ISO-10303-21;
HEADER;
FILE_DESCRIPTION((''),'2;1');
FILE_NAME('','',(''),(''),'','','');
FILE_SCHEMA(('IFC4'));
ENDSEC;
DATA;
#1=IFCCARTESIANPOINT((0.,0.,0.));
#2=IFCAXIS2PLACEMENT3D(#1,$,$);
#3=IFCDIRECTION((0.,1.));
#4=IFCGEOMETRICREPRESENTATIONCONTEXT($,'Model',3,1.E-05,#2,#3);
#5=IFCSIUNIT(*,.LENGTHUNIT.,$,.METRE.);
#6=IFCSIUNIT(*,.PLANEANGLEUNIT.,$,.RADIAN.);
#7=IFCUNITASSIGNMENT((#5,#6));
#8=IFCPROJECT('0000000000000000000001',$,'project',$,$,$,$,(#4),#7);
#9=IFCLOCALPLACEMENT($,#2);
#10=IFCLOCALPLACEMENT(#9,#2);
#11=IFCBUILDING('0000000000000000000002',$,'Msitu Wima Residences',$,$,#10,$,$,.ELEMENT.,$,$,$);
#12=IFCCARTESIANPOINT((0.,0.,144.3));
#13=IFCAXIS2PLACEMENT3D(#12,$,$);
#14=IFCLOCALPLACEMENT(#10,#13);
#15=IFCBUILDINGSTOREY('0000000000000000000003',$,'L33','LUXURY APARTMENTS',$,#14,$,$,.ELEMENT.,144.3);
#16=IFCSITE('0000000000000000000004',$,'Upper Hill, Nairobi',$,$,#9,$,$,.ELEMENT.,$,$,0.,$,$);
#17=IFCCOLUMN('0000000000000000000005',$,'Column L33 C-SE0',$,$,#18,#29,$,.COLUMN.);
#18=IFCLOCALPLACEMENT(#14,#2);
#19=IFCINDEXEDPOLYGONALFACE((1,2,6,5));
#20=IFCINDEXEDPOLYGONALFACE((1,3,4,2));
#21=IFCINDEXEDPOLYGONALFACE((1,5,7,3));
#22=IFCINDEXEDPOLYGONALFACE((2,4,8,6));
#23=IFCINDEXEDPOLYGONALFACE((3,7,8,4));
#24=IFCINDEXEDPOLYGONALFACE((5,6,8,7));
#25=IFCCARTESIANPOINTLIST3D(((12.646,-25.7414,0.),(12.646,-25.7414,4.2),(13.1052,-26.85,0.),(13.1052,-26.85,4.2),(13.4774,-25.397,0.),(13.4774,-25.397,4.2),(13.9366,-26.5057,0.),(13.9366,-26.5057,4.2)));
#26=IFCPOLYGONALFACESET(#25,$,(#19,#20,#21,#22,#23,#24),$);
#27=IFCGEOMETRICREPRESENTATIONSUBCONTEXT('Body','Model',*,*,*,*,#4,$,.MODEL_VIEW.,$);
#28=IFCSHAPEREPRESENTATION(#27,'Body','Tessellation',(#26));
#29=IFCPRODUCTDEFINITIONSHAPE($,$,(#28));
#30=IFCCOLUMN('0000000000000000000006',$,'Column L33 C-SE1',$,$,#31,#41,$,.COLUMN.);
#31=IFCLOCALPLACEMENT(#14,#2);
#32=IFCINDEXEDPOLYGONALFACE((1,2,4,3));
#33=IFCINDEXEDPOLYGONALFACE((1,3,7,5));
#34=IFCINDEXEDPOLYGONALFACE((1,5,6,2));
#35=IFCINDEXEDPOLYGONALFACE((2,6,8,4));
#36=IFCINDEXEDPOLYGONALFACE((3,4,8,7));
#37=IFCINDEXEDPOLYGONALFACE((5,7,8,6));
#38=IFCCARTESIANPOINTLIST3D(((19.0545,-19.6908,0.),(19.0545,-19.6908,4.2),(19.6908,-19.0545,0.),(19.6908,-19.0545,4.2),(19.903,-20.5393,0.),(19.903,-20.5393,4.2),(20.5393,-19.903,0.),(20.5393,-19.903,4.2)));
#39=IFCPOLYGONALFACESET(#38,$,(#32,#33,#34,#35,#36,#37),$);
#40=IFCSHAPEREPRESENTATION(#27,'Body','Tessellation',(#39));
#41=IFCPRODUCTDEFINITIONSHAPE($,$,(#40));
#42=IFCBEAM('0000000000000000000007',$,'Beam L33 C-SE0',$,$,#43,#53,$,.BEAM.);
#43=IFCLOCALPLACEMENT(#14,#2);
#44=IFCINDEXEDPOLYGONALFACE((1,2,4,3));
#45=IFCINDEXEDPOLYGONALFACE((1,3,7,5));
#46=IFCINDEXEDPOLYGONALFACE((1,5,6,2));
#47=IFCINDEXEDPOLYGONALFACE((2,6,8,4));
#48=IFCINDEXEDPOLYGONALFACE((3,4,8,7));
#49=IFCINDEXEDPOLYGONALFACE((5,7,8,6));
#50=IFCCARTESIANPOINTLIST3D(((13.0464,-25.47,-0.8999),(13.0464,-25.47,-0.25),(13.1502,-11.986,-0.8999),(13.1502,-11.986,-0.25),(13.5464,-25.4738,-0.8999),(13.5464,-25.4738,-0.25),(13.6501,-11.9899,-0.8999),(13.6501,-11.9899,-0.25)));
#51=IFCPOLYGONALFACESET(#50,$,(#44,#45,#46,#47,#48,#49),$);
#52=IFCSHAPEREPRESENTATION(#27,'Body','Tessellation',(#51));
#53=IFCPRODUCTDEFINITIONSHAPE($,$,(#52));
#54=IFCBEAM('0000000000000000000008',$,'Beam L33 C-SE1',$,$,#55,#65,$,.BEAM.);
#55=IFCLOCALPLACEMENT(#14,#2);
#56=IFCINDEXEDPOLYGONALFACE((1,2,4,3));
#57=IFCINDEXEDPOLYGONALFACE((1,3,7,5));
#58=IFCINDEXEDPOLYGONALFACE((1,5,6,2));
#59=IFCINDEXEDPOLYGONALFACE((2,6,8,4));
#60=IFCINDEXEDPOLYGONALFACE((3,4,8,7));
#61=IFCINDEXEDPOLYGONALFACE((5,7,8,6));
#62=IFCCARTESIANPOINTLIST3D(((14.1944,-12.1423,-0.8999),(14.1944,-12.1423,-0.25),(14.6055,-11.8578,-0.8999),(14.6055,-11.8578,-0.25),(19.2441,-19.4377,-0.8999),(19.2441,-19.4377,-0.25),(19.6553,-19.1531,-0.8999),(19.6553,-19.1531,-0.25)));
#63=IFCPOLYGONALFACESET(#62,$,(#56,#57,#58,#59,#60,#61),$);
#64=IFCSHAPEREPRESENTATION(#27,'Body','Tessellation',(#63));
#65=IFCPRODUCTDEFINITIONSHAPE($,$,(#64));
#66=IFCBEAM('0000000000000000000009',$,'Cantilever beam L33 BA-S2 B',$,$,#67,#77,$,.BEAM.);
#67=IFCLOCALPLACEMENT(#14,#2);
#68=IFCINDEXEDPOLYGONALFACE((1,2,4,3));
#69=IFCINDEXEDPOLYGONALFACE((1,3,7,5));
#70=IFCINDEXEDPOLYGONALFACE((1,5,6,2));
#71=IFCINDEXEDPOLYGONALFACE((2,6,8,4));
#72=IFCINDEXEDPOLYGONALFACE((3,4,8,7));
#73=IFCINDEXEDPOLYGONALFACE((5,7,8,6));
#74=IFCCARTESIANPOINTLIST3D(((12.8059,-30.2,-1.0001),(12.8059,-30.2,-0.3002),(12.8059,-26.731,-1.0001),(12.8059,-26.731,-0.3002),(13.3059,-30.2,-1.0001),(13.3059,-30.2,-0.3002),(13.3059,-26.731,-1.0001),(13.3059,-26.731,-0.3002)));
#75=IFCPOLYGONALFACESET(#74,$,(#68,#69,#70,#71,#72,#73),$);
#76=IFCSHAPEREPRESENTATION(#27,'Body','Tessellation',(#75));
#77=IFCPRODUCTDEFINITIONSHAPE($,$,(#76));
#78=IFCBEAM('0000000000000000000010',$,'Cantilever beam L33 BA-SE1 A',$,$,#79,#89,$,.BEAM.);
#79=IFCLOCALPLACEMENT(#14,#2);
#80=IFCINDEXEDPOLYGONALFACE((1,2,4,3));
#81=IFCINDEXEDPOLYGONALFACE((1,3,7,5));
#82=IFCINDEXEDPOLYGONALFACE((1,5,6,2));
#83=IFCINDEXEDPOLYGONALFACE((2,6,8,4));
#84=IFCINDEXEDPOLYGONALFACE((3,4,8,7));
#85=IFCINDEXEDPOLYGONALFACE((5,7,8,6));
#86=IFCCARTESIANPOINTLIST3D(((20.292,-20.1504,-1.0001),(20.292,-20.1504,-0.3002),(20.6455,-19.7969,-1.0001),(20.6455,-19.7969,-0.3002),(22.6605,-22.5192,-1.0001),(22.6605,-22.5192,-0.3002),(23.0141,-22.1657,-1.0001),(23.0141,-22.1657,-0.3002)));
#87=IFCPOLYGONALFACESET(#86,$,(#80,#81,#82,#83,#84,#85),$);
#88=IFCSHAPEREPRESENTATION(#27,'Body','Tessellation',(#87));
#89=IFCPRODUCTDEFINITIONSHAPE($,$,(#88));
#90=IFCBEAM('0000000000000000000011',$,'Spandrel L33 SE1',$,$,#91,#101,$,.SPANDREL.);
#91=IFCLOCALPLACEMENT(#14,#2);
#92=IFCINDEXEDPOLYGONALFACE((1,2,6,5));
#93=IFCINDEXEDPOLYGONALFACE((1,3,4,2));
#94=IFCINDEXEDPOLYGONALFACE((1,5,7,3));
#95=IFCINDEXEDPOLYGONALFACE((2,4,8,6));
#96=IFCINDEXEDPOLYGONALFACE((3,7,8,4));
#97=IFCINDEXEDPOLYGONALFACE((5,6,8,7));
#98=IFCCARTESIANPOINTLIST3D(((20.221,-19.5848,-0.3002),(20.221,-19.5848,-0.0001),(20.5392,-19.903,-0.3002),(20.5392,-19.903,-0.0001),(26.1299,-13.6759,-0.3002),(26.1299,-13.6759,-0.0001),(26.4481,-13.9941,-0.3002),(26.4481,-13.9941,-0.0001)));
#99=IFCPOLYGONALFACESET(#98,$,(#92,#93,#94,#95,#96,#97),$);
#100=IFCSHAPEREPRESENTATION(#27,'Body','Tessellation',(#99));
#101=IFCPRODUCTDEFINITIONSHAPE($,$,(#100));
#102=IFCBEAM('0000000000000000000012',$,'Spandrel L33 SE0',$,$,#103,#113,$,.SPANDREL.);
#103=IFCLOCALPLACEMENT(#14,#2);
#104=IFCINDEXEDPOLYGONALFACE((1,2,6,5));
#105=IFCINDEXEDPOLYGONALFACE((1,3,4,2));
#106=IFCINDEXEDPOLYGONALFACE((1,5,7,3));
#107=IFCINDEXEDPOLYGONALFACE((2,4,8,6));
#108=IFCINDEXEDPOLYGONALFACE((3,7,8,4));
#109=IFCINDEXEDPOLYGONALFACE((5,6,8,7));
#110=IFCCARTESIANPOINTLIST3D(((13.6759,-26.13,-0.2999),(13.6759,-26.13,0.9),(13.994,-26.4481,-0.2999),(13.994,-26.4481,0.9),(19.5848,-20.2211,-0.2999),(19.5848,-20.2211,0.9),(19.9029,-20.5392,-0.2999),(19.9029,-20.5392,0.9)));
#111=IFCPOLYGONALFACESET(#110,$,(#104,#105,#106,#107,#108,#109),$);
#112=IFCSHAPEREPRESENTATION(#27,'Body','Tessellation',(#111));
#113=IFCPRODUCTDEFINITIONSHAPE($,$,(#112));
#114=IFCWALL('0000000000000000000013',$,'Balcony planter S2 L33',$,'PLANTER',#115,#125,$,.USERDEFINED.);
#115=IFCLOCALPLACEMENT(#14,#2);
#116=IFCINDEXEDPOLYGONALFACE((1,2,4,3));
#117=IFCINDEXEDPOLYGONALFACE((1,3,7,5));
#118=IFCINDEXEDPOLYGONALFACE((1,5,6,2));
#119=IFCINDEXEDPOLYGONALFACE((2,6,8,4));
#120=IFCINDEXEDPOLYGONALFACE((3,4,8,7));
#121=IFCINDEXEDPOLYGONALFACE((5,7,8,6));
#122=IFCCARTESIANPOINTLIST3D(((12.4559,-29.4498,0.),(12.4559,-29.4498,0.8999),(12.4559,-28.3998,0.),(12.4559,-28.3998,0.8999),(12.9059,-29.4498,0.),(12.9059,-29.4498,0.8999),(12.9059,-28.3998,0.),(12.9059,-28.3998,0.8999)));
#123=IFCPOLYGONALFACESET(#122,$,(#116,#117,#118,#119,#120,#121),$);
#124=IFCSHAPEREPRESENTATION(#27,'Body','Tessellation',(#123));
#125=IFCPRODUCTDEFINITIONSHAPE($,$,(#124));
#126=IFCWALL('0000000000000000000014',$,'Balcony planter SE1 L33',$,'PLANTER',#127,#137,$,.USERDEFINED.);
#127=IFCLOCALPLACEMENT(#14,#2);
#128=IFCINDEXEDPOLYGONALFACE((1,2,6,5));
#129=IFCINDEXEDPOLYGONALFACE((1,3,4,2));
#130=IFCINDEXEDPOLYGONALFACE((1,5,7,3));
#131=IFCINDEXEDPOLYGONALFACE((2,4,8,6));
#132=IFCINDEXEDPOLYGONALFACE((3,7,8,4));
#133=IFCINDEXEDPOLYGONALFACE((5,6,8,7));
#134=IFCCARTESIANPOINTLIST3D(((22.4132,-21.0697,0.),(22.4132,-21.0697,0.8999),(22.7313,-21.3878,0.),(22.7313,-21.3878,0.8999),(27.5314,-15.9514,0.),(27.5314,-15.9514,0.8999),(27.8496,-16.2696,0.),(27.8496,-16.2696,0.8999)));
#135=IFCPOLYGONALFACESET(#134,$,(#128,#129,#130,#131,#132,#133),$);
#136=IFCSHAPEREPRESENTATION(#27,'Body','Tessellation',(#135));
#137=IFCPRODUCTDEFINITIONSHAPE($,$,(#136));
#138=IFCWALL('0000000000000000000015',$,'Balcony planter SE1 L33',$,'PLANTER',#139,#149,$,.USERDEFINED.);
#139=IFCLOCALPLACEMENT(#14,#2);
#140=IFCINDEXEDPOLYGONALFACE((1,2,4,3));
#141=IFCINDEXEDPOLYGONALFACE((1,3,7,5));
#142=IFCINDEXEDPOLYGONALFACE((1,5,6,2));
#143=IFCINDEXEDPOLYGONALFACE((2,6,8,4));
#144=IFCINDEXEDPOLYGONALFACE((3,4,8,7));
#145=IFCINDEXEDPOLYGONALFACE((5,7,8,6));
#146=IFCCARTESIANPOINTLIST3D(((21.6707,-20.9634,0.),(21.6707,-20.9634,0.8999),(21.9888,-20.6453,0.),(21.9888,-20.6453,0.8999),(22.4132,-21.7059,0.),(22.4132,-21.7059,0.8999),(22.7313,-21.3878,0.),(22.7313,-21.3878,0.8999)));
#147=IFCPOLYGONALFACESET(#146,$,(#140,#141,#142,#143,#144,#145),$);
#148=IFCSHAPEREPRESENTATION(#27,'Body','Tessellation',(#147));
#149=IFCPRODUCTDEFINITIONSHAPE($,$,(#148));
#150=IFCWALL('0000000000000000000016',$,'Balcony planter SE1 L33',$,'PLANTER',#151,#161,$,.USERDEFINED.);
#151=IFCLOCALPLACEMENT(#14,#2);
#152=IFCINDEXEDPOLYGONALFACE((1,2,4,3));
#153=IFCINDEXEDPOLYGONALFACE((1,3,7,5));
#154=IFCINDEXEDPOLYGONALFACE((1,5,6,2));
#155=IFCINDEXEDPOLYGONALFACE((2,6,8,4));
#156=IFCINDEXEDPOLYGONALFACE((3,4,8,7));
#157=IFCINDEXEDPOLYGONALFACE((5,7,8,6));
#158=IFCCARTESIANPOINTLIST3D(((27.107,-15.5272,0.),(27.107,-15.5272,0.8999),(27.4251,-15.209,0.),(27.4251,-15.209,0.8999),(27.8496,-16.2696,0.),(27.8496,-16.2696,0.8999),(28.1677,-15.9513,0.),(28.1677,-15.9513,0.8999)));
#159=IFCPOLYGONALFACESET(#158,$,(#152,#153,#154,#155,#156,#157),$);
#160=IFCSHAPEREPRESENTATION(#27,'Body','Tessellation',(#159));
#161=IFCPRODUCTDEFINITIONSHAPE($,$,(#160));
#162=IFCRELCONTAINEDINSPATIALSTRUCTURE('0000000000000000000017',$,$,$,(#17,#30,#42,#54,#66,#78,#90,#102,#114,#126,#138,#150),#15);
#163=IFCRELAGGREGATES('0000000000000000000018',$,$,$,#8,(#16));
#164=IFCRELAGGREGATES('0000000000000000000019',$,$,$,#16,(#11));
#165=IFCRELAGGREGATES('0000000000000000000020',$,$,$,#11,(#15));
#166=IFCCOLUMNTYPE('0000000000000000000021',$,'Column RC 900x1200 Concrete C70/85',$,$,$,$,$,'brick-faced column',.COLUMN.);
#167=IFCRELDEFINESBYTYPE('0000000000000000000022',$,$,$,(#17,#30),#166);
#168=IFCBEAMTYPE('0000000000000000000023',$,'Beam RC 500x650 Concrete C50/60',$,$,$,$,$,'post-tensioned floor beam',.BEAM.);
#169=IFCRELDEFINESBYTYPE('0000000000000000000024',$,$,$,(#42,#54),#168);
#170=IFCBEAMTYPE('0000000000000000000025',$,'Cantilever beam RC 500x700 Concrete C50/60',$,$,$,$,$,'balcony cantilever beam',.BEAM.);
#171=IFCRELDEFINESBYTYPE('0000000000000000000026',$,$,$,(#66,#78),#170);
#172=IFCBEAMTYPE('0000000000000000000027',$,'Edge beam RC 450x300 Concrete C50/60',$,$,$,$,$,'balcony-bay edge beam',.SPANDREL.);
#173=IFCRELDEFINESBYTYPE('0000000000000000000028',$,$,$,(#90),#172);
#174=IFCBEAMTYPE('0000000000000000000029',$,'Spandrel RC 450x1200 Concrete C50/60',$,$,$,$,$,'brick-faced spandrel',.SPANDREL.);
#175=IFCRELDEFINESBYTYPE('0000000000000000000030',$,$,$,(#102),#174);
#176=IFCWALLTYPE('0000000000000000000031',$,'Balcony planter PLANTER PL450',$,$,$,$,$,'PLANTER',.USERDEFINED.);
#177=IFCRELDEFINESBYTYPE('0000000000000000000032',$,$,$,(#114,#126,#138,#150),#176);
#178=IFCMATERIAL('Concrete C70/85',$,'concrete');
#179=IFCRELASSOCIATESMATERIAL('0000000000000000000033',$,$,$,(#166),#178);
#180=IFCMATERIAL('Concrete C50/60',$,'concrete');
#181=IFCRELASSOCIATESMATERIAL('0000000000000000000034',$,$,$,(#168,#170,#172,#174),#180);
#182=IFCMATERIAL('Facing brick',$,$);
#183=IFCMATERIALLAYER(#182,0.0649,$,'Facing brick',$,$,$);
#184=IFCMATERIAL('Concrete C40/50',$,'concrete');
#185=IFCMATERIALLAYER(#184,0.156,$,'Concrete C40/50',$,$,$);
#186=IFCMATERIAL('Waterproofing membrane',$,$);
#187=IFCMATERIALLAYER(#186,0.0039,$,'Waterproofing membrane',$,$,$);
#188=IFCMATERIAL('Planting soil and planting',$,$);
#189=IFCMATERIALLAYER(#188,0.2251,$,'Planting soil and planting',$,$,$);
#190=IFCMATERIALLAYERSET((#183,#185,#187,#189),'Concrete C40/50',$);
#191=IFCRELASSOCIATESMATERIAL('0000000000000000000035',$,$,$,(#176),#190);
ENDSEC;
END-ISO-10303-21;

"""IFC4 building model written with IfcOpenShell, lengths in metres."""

from ifc_helpers import new_model, si_unit, direction, frame, frame_2d, origin, origin_2d, place, context, subcontext, project, spatial, rectangle, extrude, material, layer, layer_set, material_profile, profile_set, type_object, element, save


model = new_model("IFC4")

# Units and contexts
model_context = context("Model", 3, precision=1e-05, world=origin(), true_north=direction((0.0, 1.0)))
body_context = subcontext(model_context, "Body", "Model", "MODEL_VIEW")
ifc_project = project(units=[si_unit("LENGTHUNIT", "METRE"), si_unit("PLANEANGLEUNIT", "RADIAN")], contexts=[model_context])

# Site, building, storey
site_placement = place(None, origin())
site = spatial("IfcSite", under=ifc_project, at=site_placement, Name="Upper Hill, Nairobi", CompositionType="ELEMENT", RefElevation=0.0)
building_placement = place(site_placement, origin())
building = spatial("IfcBuilding", under=site, at=building_placement, Name="Msitu Wima Residences", CompositionType="ELEMENT")
storey_placement = place(building_placement, frame((0.0, 0.0, 144.3)))
storey = spatial("IfcBuildingStorey", under=building, at=storey_placement, Name="L33", Description="LUXURY APARTMENTS", CompositionType="ELEMENT", Elevation=144.3)

# Columns
ifc_material_1 = material(Name="Concrete C70/85", Category="concrete")
ifc_material_profile_1 = material_profile(ifc_material_1, rectangle(XDim=0.8999, YDim=1.2, at=origin_2d()), Name="RC 900x1200")
ifc_profile_set_1 = profile_set([ifc_material_profile_1], Name="Concrete C70/85")
column_type = type_object("IfcColumnType", Name="Column RC 900x1200 Concrete C70/85", ElementType="brick-faced column", PredefinedType="COLUMN", material=ifc_profile_set_1)
for number, where, z_axis, x_axis, name in (
    (1, (13.2913, -26.1235, 0.0), (0.0, 0.0, 1.0), (0.92388, 0.382683, 0.0), "Column L33 C-SE0"),
    (2, (19.7969, -19.7969, 0.0), (0.0, 0.0, 1.0), (0.707107, 0.707107, 0.0), "Column L33 C-SE1"),
):
    element("IfcColumn", number, at=place(storey_placement, frame(where, z_axis=z_axis, x_axis=x_axis)), inside=storey, type_object=column_type, Name=name, PredefinedType="COLUMN", context=body_context, shape_type="SweptSolid", body=[
        extrude(rectangle(XDim=0.8999, YDim=1.2, at=origin_2d()), origin(), (0.0, 0.0, 1.0), 4.2),
    ])

# Beams
ifc_material_2 = material(Name="Concrete C50/60", Category="concrete")
ifc_material_profile_2 = material_profile(ifc_material_2, rectangle(XDim=0.5, YDim=0.6499, at=origin_2d()), Name="RC 500x650")
ifc_profile_set_2 = profile_set([ifc_material_profile_2], Name="Concrete C50/60")
beam_type_1 = type_object("IfcBeamType", Name="Beam RC 500x650 Concrete C50/60", ElementType="post-tensioned floor beam", PredefinedType="BEAM", material=ifc_profile_set_2)
beam_1_placement = place(storey_placement, frame((13.2964, -25.4719, -0.575), z_axis=(0.007695, 0.99997, 0.0), x_axis=(-0.99997, 0.007695, 0.0)))
element("IfcBeam", 3, at=beam_1_placement, inside=storey, type_object=beam_type_1, Name="Beam L33 C-SE0", PredefinedType="BEAM", context=body_context, shape_type="SweptSolid", body=[
    extrude(rectangle(XDim=0.5, YDim=0.6499, at=origin_2d()), origin(), (0.0, 0.0, 1.0), 13.4844),
])
beam_2_placement = place(storey_placement, frame((19.4497, -19.2954, -0.575), z_axis=(-0.569144, 0.822238, 0.0), x_axis=(-0.822238, -0.569144, 0.0)))
element("IfcBeam", 4, at=beam_2_placement, inside=storey, type_object=beam_type_1, Name="Beam L33 C-SE1", PredefinedType="BEAM", context=body_context, shape_type="SweptSolid", body=[
    extrude(rectangle(XDim=0.5, YDim=0.6499, at=origin_2d()), origin(), (0.0, 0.0, 1.0), 8.8726),
])
ifc_material_profile_3 = material_profile(ifc_material_2, rectangle(XDim=0.5, YDim=0.7, at=origin_2d()), Name="RC 500x700")
ifc_profile_set_3 = profile_set([ifc_material_profile_3], Name="Concrete C50/60")
beam_type_2 = type_object("IfcBeamType", Name="Cantilever beam RC 500x700 Concrete C50/60", ElementType="balcony cantilever beam", PredefinedType="BEAM", material=ifc_profile_set_3)
beam_3_placement = place(storey_placement, frame((13.0559, -26.731, -0.6501), z_axis=(0.0, -1.0, 0.0), x_axis=(1.0, 0.0, 0.0)))
element("IfcBeam", 5, at=beam_3_placement, inside=storey, type_object=beam_type_2, Name="Cantilever beam L33 BA-S2 B", PredefinedType="BEAM", context=body_context, shape_type="SweptSolid", body=[
    extrude(rectangle(XDim=0.5, YDim=0.7, at=origin_2d()), origin(), (0.0, 0.0, 1.0), 3.469),
])
beam_4_placement = place(storey_placement, frame((20.4688, -19.9736, -0.6501), z_axis=(0.70707, -0.707143, 0.0), x_axis=(0.707143, 0.70707, 0.0)))
element("IfcBeam", 6, at=beam_4_placement, inside=storey, type_object=beam_type_2, Name="Cantilever beam L33 BA-SE1 A", PredefinedType="BEAM", context=body_context, shape_type="SweptSolid", body=[
    extrude(rectangle(XDim=0.5, YDim=0.7, at=origin_2d()), origin(), (0.0, 0.0, 1.0), 3.3499),
])
ifc_material_profile_4 = material_profile(ifc_material_2, rectangle(XDim=0.45, YDim=0.3, at=origin_2d()), Name="RC 450x300")
ifc_profile_set_4 = profile_set([ifc_material_profile_4], Name="Concrete C50/60")
beam_type_3 = type_object("IfcBeamType", Name="Edge beam RC 450x300 Concrete C50/60", ElementType="balcony-bay edge beam", PredefinedType="SPANDREL", material=ifc_profile_set_4)
beam_5_placement = place(storey_placement, frame((20.3801, -19.7439, -0.1501), z_axis=(0.707107, 0.707107, 0.0), x_axis=(-0.707107, 0.707107, 0.0)))
element("IfcBeam", 7, at=beam_5_placement, inside=storey, type_object=beam_type_3, Name="Spandrel L33 SE1", PredefinedType="SPANDREL", context=body_context, shape_type="SweptSolid", body=[
    extrude(rectangle(XDim=0.45, YDim=0.3, at=origin_2d()), origin(), (0.0, 0.0, 1.0), 8.3564),
])
ifc_material_profile_5 = material_profile(ifc_material_2, rectangle(XDim=0.45, YDim=1.2, at=origin_2d()), Name="RC 450x1200")
ifc_profile_set_5 = profile_set([ifc_material_profile_5], Name="Concrete C50/60")
beam_type_4 = type_object("IfcBeamType", Name="Spandrel RC 450x1200 Concrete C50/60", ElementType="brick-faced spandrel", PredefinedType="SPANDREL", material=ifc_profile_set_5)
beam_6_placement = place(storey_placement, frame((13.835, -26.2891, 0.3), z_axis=(0.707107, 0.707107, 0.0), x_axis=(-0.707107, 0.707107, 0.0)))
element("IfcBeam", 8, at=beam_6_placement, inside=storey, type_object=beam_type_4, Name="Spandrel L33 SE0", PredefinedType="SPANDREL", context=body_context, shape_type="SweptSolid", body=[
    extrude(rectangle(XDim=0.45, YDim=1.2, at=origin_2d()), origin(), (0.0, 0.0, 1.0), 8.3564),
])

# Walls
ifc_material_3 = material(Name="Facing brick")
ifc_layer_1 = layer(ifc_material_3, 0.0649, Name="Facing brick")
ifc_material_4 = material(Name="Concrete C40/50", Category="concrete")
ifc_layer_2 = layer(ifc_material_4, 0.156, Name="Concrete C40/50")
ifc_material_5 = material(Name="Waterproofing membrane")
ifc_layer_3 = layer(ifc_material_5, 0.0039, Name="Waterproofing membrane")
ifc_material_6 = material(Name="Planting soil and planting")
ifc_layer_4 = layer(ifc_material_6, 0.2251, Name="Planting soil and planting")
ifc_layer_set_1 = layer_set([ifc_layer_1, ifc_layer_2, ifc_layer_3, ifc_layer_4], Name="Concrete C40/50")
wall_type_1 = type_object("IfcWallType", Name="Balcony planter PLANTER PL450", ElementType="PLANTER", PredefinedType="USERDEFINED", material=ifc_layer_set_1)
wall_1_placement = place(storey_placement, frame((12.6809, -28.3999, 0.0), z_axis=(0.0, 0.0, 1.0), x_axis=(0.0, -1.0, 0.0)))
element("IfcWall", 9, at=wall_1_placement, inside=storey, type_object=wall_type_1, Name="Balcony planter S2 L33", ObjectType="PLANTER", PredefinedType="USERDEFINED", context=body_context, shape_type="SweptSolid", body=[
    extrude(rectangle(XDim=1.05, YDim=0.45, at=frame_2d((0.5249, 0.0))), origin(), (0.0, 0.0, 1.0), 0.8999),
])
wall_2_placement = place(storey_placement, frame((22.5723, -21.2288, 0.0), z_axis=(0.0, 0.0, 1.0), x_axis=(0.707107, 0.707107, 0.0)))
element("IfcWall", 10, at=wall_2_placement, inside=storey, type_object=wall_type_1, Name="Balcony planter SE1 L33", ObjectType="PLANTER", PredefinedType="USERDEFINED", context=body_context, shape_type="SweptSolid", body=[
    extrude(rectangle(XDim=7.2383, YDim=0.45, at=frame_2d((3.6191, 0.0))), origin(), (0.0, 0.0, 1.0), 0.8999),
])
for number, where, z_axis, x_axis, name in (
    (11, (21.8298, -20.8044, 0.0), (0.0, 0.0, 1.0), (0.707107, -0.707107, 0.0), "Balcony planter SE1 L33"),
    (12, (27.2661, -15.3682, 0.0), (0.0, 0.0, 1.0), (0.707223, -0.706991, 0.0), "Balcony planter SE1 L33"),
):
    element("IfcWall", number, at=place(storey_placement, frame(where, z_axis=z_axis, x_axis=x_axis)), inside=storey, type_object=wall_type_1, Name=name, ObjectType="PLANTER", PredefinedType="USERDEFINED", context=body_context, shape_type="SweptSolid", body=[
        extrude(rectangle(XDim=1.05, YDim=0.45, at=frame_2d((0.5249, 0.0))), origin(), (0.0, 0.0, 1.0), 0.8999),
    ])

save(model, "model.ifc")
